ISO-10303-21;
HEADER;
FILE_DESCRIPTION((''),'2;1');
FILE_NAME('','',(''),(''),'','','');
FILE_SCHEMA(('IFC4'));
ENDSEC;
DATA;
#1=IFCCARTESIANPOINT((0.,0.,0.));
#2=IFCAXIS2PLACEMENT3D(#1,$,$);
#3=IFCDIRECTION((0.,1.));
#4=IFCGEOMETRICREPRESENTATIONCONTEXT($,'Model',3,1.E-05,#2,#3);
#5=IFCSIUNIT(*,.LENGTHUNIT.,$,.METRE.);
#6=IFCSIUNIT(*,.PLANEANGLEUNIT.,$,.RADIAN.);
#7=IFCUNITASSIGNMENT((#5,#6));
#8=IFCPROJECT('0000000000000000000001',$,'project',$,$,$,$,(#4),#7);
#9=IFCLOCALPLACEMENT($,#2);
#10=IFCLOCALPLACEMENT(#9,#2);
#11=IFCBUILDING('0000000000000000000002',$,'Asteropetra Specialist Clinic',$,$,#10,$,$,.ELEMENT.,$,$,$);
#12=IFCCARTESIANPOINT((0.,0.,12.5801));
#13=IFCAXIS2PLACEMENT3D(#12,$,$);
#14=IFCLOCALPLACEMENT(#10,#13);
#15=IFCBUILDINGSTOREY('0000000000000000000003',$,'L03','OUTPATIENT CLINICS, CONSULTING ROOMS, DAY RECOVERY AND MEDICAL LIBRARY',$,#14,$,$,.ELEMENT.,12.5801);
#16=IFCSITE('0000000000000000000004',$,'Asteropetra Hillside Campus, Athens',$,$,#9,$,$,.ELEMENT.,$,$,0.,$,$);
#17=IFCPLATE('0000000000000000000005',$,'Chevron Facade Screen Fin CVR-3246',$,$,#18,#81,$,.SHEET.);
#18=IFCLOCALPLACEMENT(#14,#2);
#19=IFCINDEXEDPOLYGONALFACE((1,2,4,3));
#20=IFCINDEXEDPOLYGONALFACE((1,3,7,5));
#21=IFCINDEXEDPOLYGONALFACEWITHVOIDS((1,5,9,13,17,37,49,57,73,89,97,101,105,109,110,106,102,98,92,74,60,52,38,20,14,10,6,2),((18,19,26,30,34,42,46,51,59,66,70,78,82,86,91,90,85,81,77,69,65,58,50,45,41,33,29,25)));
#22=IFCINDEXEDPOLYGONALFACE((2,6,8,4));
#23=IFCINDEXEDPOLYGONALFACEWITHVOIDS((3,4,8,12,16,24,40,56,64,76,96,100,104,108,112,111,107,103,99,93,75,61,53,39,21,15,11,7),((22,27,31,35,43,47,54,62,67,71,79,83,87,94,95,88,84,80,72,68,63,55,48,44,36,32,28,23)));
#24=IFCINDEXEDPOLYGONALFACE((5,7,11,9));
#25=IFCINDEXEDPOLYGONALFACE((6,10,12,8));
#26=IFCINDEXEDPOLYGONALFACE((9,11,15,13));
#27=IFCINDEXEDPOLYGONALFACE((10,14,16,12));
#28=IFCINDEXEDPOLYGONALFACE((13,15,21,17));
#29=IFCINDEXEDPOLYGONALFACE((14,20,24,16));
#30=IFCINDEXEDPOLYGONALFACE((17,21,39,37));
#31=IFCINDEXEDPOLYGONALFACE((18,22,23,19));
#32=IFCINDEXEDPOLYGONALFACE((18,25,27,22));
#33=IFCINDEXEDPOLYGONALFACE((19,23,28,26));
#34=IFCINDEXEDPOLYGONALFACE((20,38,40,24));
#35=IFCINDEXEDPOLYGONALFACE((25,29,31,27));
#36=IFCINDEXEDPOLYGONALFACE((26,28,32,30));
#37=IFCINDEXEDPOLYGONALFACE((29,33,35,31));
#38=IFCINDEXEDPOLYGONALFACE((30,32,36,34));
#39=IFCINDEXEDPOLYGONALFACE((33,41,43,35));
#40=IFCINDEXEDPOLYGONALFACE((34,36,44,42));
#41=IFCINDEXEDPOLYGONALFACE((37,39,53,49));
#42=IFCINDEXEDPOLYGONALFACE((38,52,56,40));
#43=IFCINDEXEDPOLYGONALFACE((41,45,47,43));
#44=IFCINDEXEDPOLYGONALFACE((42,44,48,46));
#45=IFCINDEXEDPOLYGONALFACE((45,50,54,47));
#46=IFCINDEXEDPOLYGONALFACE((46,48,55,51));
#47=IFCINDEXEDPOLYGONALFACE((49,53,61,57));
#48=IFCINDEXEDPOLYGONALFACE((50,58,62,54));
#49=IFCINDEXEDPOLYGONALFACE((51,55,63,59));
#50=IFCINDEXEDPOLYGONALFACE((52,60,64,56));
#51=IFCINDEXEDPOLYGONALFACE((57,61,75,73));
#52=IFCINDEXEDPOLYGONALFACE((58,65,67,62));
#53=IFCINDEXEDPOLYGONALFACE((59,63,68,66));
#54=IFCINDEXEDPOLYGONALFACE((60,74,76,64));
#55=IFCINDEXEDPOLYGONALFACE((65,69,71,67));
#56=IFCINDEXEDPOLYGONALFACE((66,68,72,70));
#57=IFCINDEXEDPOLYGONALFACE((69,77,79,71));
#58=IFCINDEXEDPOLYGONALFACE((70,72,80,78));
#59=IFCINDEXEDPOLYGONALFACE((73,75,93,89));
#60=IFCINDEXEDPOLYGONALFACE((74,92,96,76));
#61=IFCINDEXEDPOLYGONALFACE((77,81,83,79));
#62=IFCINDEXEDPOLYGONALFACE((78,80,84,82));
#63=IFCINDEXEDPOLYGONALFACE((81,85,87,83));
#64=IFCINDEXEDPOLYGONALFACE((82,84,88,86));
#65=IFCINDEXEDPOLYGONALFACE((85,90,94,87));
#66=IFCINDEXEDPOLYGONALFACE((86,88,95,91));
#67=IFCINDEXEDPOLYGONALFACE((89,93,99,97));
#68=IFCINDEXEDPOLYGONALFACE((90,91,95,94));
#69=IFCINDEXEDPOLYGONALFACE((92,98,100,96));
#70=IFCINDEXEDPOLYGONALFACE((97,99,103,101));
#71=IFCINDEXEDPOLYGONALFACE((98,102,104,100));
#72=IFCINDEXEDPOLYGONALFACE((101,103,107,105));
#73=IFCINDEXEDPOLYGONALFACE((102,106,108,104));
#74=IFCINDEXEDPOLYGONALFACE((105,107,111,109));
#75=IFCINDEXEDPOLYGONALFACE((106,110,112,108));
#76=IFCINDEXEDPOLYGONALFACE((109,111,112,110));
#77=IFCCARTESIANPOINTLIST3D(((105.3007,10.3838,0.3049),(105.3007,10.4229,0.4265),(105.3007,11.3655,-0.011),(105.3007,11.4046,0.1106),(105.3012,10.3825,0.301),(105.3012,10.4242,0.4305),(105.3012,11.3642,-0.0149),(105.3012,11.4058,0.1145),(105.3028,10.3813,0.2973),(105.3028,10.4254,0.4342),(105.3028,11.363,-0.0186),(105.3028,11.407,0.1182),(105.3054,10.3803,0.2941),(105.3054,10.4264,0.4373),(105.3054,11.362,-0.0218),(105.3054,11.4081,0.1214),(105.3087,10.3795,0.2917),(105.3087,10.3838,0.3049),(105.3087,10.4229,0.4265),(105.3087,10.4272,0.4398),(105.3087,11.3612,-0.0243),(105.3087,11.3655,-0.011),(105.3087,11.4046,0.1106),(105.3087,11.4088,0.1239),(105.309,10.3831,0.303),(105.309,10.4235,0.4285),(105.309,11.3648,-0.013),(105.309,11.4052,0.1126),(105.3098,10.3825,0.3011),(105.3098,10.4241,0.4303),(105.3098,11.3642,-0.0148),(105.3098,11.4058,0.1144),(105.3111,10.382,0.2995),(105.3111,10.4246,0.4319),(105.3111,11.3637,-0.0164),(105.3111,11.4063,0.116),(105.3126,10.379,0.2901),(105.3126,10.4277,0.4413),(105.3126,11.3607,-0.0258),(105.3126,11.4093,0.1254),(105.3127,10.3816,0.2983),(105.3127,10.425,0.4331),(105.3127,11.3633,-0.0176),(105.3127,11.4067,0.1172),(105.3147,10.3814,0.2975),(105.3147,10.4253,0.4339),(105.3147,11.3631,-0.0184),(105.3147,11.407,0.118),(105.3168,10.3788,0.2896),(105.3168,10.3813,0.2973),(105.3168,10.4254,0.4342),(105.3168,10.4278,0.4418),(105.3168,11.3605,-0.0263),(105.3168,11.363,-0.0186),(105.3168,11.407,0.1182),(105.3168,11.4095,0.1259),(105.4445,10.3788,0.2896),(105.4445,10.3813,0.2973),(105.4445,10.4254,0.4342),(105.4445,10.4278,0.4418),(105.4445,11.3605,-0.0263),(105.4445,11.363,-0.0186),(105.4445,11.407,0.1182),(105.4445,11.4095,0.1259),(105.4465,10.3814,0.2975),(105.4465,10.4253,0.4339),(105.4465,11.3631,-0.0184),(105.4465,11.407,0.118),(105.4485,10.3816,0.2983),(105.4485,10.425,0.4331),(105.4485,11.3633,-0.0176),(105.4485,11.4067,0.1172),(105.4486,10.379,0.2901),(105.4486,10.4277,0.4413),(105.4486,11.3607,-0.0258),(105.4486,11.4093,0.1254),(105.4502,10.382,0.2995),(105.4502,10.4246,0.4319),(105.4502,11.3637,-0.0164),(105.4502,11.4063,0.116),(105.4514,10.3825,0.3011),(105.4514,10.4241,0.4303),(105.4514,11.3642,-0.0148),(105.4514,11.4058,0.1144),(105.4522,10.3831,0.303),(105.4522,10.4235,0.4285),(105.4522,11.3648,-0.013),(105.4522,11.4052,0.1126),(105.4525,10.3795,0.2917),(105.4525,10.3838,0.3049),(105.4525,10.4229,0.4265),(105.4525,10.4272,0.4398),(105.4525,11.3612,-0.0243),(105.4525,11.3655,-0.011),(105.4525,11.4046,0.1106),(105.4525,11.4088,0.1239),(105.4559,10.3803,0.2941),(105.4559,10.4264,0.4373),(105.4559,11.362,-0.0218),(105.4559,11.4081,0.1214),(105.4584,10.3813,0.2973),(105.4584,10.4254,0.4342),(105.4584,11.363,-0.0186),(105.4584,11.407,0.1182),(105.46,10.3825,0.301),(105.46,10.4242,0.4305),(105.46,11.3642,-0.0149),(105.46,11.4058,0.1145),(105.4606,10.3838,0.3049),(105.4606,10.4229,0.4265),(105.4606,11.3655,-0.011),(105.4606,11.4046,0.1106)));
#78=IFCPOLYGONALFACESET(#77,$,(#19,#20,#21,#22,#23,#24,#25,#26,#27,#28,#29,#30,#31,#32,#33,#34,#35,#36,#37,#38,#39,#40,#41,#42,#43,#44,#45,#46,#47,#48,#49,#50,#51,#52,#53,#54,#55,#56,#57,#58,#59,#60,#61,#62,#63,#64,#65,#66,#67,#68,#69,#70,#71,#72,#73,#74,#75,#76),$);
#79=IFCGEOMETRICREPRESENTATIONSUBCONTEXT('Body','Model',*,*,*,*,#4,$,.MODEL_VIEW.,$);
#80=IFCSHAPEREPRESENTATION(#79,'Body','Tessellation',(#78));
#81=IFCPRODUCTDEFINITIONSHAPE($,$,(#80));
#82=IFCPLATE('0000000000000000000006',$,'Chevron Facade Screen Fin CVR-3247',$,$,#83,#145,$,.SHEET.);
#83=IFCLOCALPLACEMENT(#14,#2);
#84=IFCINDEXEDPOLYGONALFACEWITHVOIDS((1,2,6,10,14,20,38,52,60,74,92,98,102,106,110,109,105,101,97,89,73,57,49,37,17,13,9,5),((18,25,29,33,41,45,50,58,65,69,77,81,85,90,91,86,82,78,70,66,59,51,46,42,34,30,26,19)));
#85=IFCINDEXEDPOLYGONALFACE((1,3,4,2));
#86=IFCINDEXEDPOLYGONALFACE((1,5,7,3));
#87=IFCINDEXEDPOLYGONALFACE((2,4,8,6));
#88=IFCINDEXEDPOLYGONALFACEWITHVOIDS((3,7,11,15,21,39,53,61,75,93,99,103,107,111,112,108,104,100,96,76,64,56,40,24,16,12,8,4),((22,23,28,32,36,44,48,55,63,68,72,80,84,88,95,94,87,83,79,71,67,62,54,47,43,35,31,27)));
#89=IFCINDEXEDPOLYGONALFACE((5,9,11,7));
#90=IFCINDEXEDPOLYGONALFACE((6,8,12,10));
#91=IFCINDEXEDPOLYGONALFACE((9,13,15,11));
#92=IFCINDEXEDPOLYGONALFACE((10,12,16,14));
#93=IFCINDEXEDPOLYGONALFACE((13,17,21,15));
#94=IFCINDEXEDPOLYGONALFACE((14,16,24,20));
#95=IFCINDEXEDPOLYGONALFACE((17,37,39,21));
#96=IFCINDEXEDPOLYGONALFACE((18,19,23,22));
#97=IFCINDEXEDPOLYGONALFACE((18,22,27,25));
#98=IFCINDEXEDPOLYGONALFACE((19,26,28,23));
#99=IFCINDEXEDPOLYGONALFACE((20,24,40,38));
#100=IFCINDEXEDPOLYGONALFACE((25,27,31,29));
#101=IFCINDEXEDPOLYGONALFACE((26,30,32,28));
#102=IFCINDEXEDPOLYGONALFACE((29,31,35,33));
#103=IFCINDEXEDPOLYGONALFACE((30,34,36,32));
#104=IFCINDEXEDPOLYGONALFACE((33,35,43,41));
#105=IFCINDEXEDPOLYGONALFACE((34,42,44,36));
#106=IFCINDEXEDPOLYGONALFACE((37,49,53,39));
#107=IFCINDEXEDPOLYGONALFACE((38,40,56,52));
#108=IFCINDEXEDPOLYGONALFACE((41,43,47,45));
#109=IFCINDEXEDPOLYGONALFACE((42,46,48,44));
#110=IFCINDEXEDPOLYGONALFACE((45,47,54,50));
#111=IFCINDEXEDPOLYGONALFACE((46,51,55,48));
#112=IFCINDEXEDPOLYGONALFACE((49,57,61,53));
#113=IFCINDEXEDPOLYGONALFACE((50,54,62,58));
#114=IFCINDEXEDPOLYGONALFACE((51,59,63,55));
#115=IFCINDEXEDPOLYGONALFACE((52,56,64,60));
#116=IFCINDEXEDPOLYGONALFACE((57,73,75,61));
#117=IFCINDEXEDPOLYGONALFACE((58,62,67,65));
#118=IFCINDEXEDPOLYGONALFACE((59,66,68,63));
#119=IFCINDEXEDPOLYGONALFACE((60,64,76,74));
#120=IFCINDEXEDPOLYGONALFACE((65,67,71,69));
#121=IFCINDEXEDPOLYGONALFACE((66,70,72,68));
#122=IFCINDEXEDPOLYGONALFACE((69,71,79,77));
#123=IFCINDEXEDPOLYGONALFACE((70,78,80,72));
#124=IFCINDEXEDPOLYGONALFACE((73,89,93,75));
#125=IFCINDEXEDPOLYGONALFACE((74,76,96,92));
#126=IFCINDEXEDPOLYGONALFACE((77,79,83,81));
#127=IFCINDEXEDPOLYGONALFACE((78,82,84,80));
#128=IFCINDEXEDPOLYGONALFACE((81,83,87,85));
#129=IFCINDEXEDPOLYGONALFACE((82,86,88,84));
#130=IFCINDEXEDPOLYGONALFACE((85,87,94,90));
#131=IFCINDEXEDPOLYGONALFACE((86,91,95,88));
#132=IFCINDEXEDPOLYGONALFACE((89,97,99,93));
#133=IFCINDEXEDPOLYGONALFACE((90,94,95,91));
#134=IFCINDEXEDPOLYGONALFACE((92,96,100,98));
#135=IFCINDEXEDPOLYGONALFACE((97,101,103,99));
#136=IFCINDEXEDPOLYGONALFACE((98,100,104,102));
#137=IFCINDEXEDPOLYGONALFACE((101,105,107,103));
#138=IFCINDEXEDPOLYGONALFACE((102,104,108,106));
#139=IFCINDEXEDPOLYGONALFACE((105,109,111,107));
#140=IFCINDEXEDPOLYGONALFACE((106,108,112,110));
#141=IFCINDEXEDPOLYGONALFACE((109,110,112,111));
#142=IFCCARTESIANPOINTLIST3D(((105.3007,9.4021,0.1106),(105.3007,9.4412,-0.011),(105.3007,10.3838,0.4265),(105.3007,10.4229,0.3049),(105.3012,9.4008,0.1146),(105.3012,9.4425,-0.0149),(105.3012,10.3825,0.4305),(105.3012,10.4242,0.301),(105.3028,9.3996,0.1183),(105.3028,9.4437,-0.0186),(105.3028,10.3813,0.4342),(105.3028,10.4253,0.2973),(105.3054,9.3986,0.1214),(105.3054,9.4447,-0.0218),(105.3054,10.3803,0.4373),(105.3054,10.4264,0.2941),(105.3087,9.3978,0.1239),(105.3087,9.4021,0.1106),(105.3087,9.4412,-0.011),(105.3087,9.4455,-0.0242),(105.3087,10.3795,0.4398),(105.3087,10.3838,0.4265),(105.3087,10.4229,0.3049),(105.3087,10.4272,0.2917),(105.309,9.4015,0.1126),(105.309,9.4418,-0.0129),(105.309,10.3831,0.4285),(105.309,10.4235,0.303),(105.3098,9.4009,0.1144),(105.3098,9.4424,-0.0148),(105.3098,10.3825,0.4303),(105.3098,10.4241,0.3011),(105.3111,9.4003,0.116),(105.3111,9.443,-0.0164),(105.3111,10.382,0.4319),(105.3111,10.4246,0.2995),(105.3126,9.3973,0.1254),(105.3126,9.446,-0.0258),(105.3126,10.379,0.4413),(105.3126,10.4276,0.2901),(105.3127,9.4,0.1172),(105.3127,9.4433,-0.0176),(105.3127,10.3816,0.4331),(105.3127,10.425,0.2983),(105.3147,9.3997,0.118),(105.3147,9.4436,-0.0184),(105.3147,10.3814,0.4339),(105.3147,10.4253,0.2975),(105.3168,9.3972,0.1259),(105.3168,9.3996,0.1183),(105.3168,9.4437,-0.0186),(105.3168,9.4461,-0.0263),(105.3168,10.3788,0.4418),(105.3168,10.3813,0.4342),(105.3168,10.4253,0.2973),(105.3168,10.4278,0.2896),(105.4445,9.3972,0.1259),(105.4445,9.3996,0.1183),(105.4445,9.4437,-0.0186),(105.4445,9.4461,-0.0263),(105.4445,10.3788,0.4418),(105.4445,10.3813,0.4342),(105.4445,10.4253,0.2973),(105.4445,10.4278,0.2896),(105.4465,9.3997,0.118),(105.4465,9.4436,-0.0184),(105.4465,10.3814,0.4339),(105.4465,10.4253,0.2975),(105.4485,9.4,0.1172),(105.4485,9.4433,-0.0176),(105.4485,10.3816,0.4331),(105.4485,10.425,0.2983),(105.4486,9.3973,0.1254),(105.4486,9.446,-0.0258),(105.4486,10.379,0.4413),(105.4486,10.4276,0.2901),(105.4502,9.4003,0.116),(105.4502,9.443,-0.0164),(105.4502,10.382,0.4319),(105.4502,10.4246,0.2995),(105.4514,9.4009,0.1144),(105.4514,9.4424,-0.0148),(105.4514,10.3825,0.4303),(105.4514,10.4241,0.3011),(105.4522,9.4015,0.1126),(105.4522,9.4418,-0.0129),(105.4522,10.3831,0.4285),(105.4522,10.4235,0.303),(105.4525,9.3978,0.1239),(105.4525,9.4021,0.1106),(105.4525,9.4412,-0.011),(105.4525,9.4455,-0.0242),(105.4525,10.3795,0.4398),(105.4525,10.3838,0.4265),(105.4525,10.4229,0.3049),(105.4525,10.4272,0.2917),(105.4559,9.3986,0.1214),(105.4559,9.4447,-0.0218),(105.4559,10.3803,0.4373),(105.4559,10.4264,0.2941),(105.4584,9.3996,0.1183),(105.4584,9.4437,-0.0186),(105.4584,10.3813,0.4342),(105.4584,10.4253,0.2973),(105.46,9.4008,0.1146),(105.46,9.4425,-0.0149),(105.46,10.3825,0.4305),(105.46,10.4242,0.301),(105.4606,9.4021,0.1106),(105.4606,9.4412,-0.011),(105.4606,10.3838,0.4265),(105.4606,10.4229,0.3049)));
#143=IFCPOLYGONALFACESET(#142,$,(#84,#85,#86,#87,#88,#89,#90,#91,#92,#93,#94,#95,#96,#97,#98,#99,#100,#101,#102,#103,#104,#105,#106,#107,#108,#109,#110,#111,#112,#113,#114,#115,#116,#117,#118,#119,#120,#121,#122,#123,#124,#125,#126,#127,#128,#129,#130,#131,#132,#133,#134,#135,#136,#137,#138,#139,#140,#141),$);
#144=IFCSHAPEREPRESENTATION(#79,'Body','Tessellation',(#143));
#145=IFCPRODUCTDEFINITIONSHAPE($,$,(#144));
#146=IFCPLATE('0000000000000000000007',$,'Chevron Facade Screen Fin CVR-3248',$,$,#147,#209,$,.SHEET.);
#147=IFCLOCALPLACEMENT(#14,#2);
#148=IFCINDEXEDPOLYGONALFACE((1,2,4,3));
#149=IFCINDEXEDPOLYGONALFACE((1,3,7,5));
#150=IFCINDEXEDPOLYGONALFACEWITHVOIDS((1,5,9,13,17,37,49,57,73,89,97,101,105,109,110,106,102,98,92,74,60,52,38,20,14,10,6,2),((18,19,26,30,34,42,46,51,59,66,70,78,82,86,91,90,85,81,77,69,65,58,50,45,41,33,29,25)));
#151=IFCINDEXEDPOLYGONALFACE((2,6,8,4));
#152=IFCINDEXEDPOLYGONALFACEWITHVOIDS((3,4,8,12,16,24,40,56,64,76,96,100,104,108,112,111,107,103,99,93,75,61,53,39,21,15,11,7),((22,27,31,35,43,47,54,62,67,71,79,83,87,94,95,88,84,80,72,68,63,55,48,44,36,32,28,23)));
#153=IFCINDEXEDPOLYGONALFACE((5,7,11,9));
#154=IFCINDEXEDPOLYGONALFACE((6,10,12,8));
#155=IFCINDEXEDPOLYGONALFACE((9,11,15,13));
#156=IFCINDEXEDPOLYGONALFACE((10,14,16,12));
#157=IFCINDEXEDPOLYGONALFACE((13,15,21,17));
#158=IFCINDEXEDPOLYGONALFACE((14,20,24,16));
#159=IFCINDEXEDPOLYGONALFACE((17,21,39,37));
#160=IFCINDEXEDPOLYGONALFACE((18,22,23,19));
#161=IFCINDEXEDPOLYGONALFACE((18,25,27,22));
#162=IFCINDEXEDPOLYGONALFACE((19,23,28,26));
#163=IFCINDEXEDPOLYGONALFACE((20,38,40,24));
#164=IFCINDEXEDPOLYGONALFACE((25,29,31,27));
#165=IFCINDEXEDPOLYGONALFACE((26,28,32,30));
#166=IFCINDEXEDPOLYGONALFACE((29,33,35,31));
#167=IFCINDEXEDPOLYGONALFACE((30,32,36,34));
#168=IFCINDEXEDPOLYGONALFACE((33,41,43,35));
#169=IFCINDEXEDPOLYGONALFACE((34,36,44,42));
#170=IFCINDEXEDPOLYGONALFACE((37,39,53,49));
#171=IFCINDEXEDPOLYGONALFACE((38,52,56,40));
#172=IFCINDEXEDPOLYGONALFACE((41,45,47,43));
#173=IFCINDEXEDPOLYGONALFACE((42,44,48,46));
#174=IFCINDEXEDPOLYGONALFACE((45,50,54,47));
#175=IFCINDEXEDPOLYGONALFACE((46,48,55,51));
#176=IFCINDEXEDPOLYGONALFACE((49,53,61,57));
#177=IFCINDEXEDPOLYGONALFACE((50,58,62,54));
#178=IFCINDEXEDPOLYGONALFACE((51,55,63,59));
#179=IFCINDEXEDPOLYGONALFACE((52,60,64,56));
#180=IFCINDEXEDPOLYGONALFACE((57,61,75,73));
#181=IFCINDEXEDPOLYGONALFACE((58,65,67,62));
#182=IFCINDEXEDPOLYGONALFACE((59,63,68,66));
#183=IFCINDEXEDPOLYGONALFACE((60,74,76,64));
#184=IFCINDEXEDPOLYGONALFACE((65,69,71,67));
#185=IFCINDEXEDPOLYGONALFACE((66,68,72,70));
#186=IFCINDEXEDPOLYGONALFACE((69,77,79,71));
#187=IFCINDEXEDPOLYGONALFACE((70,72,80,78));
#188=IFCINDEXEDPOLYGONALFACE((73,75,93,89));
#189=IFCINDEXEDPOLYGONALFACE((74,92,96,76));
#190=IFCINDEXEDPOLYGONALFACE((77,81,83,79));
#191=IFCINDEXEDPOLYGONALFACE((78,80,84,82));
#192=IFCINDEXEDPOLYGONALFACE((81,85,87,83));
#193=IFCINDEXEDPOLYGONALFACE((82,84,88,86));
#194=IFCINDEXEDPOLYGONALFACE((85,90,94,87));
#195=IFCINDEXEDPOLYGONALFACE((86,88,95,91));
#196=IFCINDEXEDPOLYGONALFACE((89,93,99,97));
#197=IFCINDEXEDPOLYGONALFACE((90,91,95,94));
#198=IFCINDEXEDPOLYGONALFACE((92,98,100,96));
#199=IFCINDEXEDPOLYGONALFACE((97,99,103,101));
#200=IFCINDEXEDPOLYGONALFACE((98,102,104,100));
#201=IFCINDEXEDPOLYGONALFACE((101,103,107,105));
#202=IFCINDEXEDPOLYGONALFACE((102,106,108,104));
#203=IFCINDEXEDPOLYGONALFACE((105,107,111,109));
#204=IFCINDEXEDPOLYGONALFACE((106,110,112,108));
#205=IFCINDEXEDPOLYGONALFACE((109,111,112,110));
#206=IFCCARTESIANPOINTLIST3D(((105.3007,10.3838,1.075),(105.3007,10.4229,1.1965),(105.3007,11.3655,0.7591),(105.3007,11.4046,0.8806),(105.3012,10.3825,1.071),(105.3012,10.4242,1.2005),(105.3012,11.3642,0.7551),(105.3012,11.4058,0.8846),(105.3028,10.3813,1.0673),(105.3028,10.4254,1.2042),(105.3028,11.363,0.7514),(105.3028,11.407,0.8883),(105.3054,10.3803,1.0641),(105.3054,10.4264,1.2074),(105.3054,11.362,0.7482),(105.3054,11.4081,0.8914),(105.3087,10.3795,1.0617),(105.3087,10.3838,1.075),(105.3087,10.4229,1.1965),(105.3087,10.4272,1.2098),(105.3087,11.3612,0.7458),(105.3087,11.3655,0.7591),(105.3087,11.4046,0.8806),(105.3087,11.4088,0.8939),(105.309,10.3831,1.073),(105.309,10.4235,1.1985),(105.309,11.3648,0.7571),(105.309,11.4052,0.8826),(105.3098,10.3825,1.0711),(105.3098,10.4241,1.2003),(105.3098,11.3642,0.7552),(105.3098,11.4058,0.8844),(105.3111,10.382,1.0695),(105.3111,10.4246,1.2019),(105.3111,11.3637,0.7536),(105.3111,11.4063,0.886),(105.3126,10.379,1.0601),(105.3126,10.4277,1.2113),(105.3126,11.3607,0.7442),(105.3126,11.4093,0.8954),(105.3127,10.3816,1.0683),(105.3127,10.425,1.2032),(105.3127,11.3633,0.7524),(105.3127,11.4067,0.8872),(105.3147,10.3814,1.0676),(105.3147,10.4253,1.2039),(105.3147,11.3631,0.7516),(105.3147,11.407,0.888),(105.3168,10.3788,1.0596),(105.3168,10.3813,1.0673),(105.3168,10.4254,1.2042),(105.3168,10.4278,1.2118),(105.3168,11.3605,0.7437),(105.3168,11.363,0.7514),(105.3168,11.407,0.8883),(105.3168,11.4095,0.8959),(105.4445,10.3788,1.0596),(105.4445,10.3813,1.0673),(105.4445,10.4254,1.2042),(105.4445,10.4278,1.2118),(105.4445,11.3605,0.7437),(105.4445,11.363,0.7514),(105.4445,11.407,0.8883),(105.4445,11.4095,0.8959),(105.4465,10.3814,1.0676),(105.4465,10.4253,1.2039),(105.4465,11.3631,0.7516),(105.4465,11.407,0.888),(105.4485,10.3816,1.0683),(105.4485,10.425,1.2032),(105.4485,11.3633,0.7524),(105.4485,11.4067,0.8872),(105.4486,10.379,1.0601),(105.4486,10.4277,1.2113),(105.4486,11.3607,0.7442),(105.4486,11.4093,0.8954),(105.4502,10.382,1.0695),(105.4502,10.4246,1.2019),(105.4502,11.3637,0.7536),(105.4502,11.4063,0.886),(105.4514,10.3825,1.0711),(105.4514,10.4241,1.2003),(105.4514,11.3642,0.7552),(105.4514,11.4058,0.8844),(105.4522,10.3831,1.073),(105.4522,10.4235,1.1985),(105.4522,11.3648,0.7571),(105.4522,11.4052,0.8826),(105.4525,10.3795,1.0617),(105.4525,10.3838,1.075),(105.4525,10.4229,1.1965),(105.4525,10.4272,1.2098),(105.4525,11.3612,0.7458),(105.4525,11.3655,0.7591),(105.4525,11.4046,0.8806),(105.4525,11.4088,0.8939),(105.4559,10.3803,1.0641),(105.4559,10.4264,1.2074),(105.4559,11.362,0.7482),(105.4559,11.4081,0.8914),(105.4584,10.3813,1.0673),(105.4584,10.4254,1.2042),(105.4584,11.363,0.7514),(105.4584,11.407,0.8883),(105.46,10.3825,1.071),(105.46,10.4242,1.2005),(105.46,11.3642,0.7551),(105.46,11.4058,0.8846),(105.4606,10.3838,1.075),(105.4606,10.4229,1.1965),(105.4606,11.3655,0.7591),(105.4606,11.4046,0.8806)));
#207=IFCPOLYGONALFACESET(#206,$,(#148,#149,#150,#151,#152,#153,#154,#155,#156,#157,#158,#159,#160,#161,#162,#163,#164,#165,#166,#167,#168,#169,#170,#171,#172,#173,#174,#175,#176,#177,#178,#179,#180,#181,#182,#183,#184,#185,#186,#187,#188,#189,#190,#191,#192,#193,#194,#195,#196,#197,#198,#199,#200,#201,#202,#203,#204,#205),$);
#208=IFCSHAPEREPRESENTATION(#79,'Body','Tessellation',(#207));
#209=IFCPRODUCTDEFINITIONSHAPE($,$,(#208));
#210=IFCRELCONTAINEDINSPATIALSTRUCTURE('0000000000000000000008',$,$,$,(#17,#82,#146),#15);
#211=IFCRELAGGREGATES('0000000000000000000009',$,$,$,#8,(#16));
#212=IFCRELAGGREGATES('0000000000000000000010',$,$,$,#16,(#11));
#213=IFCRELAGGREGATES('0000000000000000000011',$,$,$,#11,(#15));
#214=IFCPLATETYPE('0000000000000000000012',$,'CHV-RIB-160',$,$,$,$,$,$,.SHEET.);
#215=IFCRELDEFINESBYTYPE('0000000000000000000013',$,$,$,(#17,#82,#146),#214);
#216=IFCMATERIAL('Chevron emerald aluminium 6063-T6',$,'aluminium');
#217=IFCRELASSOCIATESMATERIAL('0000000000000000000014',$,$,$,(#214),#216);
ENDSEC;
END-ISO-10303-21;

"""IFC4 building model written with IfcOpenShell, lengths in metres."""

from ifc_helpers import new_model, si_unit, direction, frame, origin, origin_2d, place, context, subcontext, project, spatial, hollow_rectangle, extrude, material, material_profile, profile_set, type_object, element, save


model = new_model("IFC4")

# Units and contexts
model_context = context("Model", 3, precision=1e-05, world=origin(), true_north=direction((0.0, 1.0)))
body_context = subcontext(model_context, "Body", "Model", "MODEL_VIEW")
ifc_project = project(units=[si_unit("LENGTHUNIT", "METRE"), si_unit("PLANEANGLEUNIT", "RADIAN")], contexts=[model_context])

# Site, building, storey
site_placement = place(None, origin())
site = spatial("IfcSite", under=ifc_project, at=site_placement, Name="Asteropetra Hillside Campus, Athens", CompositionType="ELEMENT", RefElevation=0.0)
building_placement = place(site_placement, origin())
building = spatial("IfcBuilding", under=site, at=building_placement, Name="Asteropetra Specialist Clinic", CompositionType="ELEMENT")
storey_placement = place(building_placement, frame((0.0, 0.0, 12.5801)))
storey = spatial("IfcBuildingStorey", under=building, at=storey_placement, Name="L03", Description="OUTPATIENT CLINICS, CONSULTING ROOMS, DAY RECOVERY AND MEDICAL LIBRARY", CompositionType="ELEMENT", Elevation=12.5801)

# Plates
ifc_material_1 = material(Name="Chevron emerald aluminium 6063-T6", Category="aluminium")
ifc_material_profile = material_profile(ifc_material_1, hollow_rectangle(XDim=0.1599, YDim=0.1599, WallThickness=0.0081, InnerFilletRadius=0.0081, OuterFilletRadius=0.0161, at=origin_2d()), Name="SHS 160x160x8.0")
ifc_profile_set = profile_set([ifc_material_profile], Name="Chevron emerald aluminium 6063-T6")
plate_type_1 = type_object("IfcPlateType", Name="CHV-RIB-160", PredefinedType="SHEET", material=ifc_profile_set)
for number, where, z_axis, x_axis, name in (
    (1, (105.3806, 11.385, 0.0498), (0.0, -0.951923, 0.306339), (1.0, 0.0, 0.0), "Chevron Facade Screen Fin CVR-3246"),
    (2, (105.3806, 10.4033, 0.3657), (0.0, -0.951923, -0.306339), (1.0, 0.0, 0.0), "Chevron Facade Screen Fin CVR-3247"),
    (3, (105.3806, 11.385, 0.8198), (0.0, -0.951923, 0.306339), (1.0, 0.0, 0.0), "Chevron Facade Screen Fin CVR-3248"),
):
    element("IfcPlate", number, at=place(storey_placement, frame(where, z_axis=z_axis, x_axis=x_axis)), inside=storey, type_object=plate_type_1, Name=name, PredefinedType="SHEET", context=body_context, shape_type="SweptSolid", body=[
        extrude(hollow_rectangle(XDim=0.1599, YDim=0.1599, WallThickness=0.0081, InnerFilletRadius=0.0081, OuterFilletRadius=0.0161, at=origin_2d()), origin(), (0.0, 0.0, 1.0), 1.0312),
    ])

save(model, "model.ifc")
